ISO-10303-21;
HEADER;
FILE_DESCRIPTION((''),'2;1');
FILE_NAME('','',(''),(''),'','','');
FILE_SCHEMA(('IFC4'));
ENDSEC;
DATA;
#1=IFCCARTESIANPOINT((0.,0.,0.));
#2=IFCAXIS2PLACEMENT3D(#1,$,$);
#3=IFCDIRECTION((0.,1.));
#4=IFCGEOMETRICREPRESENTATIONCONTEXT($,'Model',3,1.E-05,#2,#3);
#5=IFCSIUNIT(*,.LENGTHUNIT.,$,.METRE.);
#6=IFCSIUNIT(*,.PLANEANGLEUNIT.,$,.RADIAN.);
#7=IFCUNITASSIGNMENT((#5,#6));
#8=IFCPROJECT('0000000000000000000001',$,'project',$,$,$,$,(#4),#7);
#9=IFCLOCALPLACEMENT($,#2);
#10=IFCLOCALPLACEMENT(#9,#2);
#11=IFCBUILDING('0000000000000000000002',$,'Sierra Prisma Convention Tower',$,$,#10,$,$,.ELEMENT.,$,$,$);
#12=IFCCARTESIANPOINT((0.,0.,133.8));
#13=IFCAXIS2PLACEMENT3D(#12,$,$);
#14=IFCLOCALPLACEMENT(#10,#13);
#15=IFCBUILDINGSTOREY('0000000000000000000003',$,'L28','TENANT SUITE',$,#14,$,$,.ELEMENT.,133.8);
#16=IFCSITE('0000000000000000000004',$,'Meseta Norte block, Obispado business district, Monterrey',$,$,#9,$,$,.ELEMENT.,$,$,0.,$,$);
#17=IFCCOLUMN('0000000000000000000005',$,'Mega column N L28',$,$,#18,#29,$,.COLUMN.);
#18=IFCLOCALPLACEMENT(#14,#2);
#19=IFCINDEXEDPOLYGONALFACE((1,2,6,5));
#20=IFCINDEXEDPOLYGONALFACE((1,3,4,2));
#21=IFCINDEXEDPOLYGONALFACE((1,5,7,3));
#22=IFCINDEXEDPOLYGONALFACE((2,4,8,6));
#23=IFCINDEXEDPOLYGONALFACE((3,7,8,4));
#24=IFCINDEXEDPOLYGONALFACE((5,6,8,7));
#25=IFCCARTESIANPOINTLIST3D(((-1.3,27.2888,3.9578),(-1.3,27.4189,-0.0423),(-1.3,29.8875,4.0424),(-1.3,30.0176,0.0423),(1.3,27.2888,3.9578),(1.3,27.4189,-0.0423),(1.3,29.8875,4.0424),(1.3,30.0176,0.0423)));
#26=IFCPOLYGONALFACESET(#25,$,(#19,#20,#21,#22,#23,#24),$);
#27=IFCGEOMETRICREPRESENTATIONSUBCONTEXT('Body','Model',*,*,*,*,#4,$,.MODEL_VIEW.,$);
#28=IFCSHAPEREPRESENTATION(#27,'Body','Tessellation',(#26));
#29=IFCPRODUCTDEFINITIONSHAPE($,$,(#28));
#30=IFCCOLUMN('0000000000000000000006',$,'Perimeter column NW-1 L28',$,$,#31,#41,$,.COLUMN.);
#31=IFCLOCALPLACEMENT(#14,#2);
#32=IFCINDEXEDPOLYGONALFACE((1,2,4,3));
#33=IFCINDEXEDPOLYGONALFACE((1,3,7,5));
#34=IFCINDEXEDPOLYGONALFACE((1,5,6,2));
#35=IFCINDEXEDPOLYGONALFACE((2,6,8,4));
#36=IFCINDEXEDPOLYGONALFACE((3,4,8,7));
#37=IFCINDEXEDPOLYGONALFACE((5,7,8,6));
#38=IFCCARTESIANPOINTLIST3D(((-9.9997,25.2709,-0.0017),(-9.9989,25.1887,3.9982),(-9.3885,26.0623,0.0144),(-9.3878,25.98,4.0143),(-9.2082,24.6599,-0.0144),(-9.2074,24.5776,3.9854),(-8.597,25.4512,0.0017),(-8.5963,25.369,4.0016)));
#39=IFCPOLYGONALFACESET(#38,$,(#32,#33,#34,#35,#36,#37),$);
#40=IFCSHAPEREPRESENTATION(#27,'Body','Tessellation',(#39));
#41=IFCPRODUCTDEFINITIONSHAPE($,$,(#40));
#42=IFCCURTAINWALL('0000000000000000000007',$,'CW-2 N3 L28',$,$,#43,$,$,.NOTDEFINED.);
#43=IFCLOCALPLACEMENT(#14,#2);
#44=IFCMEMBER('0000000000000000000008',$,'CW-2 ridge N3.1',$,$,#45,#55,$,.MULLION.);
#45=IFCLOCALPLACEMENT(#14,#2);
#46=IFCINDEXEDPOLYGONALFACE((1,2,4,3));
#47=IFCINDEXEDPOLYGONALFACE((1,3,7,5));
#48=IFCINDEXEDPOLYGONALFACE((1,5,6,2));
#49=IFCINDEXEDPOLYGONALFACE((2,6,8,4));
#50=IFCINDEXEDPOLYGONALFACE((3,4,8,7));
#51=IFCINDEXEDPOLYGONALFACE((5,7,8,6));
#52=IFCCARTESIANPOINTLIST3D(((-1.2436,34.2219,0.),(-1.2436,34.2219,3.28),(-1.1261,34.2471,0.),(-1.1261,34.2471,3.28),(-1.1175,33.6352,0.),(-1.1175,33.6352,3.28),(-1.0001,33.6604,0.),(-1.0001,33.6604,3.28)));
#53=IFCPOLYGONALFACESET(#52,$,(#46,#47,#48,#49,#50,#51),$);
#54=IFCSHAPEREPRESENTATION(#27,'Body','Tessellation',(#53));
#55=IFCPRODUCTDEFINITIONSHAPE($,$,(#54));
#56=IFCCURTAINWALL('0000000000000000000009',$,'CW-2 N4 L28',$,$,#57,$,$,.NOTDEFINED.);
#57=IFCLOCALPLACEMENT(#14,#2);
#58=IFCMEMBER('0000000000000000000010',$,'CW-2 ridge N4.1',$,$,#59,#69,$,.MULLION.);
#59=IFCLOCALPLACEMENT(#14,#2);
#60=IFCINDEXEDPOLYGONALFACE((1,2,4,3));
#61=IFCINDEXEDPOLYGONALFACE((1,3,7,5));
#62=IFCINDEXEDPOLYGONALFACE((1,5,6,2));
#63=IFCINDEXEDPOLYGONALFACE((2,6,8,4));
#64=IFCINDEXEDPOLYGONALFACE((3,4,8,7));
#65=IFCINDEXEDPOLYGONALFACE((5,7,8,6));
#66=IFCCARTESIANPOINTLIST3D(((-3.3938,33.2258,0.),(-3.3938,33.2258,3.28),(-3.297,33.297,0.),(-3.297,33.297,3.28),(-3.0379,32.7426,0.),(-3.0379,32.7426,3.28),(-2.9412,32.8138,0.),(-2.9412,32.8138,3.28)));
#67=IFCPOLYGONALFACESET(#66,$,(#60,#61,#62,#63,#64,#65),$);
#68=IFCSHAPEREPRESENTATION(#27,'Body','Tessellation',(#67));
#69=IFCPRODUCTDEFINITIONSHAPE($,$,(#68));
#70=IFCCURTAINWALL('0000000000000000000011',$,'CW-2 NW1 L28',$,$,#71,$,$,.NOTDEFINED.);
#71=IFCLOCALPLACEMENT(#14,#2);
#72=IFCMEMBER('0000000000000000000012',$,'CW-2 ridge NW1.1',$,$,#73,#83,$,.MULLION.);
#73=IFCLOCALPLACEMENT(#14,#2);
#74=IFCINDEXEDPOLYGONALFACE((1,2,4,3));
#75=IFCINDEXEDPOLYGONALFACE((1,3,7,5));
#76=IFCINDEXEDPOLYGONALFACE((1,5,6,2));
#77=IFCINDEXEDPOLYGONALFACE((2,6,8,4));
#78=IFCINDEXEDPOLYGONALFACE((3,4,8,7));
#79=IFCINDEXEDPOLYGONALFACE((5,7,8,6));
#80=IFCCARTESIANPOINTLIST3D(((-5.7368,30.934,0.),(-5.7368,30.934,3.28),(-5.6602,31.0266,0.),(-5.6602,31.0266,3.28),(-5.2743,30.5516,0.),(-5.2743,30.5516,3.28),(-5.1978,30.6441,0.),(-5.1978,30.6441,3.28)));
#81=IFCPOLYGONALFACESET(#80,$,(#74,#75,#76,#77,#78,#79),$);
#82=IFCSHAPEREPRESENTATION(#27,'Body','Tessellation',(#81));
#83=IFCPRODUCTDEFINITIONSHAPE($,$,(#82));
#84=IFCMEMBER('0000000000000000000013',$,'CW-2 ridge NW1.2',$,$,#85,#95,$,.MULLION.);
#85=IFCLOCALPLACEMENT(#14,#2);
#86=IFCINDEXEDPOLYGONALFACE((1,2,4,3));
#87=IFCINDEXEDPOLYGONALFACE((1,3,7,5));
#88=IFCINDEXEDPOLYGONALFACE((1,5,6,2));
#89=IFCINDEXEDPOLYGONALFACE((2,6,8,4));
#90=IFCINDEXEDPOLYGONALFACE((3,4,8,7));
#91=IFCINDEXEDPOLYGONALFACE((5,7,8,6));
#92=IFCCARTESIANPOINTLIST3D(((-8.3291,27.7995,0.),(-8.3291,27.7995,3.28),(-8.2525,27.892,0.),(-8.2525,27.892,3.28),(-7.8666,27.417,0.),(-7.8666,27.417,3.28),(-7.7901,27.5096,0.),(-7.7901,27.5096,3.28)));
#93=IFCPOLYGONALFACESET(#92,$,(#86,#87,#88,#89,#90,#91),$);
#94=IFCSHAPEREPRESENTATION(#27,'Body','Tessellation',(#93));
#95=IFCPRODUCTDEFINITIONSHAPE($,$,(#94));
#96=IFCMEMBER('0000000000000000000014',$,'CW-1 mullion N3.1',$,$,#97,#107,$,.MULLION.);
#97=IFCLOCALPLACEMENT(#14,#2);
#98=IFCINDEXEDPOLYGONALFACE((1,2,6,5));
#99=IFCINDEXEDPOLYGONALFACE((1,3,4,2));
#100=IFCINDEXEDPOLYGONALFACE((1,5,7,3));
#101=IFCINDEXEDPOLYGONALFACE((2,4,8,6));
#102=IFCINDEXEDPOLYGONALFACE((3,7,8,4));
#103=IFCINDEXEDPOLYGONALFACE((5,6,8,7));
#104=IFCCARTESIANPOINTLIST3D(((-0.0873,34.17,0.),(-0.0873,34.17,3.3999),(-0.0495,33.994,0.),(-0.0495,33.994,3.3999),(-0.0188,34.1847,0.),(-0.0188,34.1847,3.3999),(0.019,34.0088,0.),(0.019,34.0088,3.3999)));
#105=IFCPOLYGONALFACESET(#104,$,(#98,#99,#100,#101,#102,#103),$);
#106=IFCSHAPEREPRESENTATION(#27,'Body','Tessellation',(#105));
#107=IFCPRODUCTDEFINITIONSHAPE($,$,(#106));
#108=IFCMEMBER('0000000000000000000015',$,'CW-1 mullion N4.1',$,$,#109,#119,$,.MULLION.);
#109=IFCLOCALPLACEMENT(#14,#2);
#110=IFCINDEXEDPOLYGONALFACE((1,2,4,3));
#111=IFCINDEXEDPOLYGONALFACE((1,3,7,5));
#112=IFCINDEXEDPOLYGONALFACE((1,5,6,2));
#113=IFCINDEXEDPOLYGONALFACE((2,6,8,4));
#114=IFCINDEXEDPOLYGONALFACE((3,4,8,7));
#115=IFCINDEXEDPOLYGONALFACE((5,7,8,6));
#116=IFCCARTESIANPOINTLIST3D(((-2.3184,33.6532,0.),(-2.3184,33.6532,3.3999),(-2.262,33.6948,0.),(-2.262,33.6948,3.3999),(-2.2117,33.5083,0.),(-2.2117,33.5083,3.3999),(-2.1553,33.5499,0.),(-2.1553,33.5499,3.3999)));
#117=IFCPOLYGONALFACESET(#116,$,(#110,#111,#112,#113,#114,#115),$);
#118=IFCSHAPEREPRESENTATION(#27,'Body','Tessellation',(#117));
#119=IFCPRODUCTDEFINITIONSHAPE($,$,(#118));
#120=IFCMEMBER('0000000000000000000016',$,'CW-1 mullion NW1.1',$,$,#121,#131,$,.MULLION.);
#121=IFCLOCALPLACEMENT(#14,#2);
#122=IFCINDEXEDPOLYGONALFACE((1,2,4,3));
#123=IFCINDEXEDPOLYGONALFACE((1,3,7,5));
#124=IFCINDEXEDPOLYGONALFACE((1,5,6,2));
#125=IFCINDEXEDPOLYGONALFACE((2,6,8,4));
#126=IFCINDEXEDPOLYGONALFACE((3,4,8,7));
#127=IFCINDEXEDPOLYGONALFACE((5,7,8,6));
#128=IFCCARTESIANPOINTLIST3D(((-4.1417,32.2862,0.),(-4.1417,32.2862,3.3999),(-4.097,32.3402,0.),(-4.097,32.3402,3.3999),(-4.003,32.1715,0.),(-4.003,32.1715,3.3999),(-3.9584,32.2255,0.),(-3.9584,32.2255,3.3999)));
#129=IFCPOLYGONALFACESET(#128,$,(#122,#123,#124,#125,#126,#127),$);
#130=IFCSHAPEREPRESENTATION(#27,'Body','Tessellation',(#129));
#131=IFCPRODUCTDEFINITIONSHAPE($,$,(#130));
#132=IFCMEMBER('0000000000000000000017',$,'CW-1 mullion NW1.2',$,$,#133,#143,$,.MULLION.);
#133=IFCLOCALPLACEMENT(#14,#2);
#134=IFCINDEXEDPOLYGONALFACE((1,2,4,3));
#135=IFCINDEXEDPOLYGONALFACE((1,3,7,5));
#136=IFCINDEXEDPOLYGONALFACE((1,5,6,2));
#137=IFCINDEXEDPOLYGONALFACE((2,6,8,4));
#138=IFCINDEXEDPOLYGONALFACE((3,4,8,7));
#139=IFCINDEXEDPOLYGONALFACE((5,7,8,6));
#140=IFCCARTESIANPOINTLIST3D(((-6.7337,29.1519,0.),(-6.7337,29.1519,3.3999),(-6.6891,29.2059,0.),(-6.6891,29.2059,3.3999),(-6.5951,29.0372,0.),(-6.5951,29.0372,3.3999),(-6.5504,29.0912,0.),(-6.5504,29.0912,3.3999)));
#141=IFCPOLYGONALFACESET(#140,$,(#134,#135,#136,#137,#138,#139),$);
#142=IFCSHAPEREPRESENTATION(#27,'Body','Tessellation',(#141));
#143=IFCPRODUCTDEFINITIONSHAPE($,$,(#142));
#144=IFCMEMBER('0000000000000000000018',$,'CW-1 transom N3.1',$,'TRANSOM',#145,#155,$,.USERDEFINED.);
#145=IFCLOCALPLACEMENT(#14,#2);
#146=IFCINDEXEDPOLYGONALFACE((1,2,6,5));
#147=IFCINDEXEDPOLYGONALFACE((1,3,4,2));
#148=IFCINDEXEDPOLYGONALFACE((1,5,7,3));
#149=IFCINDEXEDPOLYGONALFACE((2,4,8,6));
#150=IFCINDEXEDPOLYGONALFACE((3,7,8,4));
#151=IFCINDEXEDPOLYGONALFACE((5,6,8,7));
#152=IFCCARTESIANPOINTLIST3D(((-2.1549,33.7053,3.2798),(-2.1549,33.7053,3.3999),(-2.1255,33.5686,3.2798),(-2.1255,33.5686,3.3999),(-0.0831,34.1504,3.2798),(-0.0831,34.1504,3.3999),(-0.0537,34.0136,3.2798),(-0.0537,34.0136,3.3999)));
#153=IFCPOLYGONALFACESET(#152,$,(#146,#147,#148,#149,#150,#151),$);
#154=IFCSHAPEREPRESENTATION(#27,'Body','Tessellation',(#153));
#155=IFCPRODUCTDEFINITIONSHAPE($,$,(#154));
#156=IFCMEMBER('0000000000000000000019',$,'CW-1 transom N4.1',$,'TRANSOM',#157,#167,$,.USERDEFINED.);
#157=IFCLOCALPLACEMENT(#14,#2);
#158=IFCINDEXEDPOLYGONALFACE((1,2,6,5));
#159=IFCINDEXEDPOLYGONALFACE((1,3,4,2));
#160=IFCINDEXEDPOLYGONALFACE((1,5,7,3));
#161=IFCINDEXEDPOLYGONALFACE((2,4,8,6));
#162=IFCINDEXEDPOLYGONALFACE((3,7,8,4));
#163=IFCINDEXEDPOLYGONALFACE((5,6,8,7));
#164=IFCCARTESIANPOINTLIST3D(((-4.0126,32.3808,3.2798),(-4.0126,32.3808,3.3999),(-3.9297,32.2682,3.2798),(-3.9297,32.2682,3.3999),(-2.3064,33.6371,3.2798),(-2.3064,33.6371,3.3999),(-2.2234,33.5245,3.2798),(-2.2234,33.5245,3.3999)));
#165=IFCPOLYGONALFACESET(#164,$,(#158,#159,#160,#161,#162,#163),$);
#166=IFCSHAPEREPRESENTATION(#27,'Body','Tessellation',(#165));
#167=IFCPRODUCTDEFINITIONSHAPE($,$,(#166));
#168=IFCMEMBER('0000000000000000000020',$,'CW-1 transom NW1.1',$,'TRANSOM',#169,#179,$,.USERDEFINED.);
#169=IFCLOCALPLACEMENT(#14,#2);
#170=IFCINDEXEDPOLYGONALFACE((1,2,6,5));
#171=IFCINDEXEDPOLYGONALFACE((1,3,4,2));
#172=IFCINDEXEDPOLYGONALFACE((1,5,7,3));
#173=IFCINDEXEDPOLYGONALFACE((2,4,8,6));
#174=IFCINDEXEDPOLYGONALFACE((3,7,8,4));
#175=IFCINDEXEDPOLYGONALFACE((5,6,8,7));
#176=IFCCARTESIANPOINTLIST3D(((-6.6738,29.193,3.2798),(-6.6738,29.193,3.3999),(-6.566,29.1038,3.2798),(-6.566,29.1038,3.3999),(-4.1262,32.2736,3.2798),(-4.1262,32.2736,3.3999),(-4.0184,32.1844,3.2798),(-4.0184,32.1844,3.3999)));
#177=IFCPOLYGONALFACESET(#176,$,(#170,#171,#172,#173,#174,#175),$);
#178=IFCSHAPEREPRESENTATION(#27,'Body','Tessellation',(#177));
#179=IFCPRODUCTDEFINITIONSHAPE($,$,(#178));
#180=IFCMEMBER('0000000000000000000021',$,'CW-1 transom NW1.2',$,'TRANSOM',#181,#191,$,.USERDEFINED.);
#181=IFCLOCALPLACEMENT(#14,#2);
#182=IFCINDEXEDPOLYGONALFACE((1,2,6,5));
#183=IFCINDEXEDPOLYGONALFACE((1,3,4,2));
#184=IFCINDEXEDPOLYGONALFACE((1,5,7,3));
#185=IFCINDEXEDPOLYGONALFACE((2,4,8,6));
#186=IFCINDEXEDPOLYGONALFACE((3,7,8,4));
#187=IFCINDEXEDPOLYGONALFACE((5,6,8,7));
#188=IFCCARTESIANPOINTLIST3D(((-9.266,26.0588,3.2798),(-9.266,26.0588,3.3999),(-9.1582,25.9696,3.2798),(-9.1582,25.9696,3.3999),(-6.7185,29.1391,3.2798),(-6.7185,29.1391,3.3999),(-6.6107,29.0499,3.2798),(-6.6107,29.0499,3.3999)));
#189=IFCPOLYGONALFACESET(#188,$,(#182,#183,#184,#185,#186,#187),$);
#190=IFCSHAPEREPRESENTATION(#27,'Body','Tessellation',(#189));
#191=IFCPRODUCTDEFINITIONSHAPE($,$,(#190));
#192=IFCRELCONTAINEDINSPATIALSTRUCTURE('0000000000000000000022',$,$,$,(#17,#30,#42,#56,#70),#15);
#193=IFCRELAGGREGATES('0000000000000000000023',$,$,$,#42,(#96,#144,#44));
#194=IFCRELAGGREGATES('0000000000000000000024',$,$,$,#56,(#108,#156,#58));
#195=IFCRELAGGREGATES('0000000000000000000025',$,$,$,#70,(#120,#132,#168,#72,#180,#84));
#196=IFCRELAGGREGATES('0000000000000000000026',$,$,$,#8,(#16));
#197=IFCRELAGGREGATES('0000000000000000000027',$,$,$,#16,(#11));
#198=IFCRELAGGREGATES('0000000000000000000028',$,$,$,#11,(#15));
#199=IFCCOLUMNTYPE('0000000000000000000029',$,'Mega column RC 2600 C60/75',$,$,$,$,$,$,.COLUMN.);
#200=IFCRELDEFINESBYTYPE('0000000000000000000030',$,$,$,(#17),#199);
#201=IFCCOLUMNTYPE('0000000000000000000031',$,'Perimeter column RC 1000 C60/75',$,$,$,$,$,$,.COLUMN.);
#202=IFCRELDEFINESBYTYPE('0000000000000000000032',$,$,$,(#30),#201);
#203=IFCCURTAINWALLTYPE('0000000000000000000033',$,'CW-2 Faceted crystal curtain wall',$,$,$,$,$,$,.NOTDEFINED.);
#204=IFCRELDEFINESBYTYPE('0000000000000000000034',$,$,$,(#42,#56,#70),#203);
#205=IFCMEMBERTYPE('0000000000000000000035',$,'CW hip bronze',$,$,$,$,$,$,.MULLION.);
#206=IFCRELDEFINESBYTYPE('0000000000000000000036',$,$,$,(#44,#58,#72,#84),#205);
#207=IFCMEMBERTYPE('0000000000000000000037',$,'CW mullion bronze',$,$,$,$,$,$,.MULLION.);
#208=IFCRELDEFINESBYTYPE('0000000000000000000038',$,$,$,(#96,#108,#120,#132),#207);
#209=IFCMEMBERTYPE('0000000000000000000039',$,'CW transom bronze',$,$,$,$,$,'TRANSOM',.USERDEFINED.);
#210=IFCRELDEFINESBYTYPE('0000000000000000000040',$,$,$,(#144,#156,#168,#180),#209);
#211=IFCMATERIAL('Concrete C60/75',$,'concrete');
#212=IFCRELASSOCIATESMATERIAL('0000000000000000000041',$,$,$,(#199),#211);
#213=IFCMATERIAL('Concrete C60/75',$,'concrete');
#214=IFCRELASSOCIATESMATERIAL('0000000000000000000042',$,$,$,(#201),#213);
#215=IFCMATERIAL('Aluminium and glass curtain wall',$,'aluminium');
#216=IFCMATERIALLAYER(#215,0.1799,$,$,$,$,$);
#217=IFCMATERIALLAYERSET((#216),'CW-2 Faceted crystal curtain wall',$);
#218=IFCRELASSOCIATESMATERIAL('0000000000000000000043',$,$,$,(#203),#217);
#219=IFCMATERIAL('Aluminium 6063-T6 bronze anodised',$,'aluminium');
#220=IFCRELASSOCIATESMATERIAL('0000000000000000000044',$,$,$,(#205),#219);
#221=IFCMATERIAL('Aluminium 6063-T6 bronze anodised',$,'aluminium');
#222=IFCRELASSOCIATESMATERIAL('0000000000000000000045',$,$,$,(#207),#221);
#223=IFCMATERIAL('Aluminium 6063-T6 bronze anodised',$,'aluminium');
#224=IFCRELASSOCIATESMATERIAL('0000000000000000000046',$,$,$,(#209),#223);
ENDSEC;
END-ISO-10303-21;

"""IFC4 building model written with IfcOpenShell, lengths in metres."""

from ifc_helpers import new_model, si_unit, direction, frame, origin, origin_2d, place, context, subcontext, project, spatial, rectangle, extrude, material, layer, layer_set, material_profile, profile_set, type_object, element, aggregate, save


model = new_model("IFC4")

# Units and contexts
model_context = context("Model", 3, precision=1e-05, world=origin(), true_north=direction((0.0, 1.0)))
body_context = subcontext(model_context, "Body", "Model", "MODEL_VIEW")
ifc_project = project(units=[si_unit("LENGTHUNIT", "METRE"), si_unit("PLANEANGLEUNIT", "RADIAN")], contexts=[model_context])

# Site, building, storey
site_placement = place(None, origin())
site = spatial("IfcSite", under=ifc_project, at=site_placement, Name="Meseta Norte block, Obispado business district, Monterrey", CompositionType="ELEMENT", RefElevation=0.0)
building_placement = place(site_placement, origin())
building = spatial("IfcBuilding", under=site, at=building_placement, Name="Sierra Prisma Convention Tower", CompositionType="ELEMENT")
storey_placement = place(building_placement, frame((0.0, 0.0, 133.8)))
storey = spatial("IfcBuildingStorey", under=building, at=storey_placement, Name="L28", Description="TENANT SUITE", CompositionType="ELEMENT", Elevation=133.8)

# Columns
ifc_material_1 = material(Name="Concrete C60/75", Category="concrete")
ifc_material_profile_1 = material_profile(ifc_material_1, rectangle(XDim=2.6001, YDim=2.6001, at=origin_2d()), Name="Mega column RC 2600 C60/75")
ifc_profile_set_1 = profile_set([ifc_material_profile_1], Name="Concrete C60/75")
column_type_1 = type_object("IfcColumnType", Name="Mega column RC 2600 C60/75", PredefinedType="COLUMN", material=ifc_profile_set_1)
column_1_placement = place(storey_placement, frame((0.0, 28.7183, 0.0), z_axis=(0.0, -0.032515, 0.999471), x_axis=(1.0, 0.0, 0.0)))
element("IfcColumn", 1, at=column_1_placement, inside=storey, type_object=column_type_1, Name="Mega column N L28", PredefinedType="COLUMN", context=body_context, shape_type="SweptSolid", body=[
    extrude(rectangle(XDim=2.6001, YDim=2.6001, at=origin_2d()), origin(), (0.0, 0.0, 1.0), 4.0022),
])
ifc_material_2 = material(Name="Concrete C60/75", Category="concrete")
ifc_material_profile_2 = material_profile(ifc_material_2, rectangle(XDim=1.0, YDim=1.0, at=origin_2d()), Name="Perimeter column RC 1000 C60/75")
ifc_profile_set_2 = profile_set([ifc_material_profile_2], Name="Concrete C60/75")
column_type_2 = type_object("IfcColumnType", Name="Perimeter column RC 1000 C60/75", PredefinedType="COLUMN", material=ifc_profile_set_2)
column_2_placement = place(storey_placement, frame((-9.2983, 25.3611, 0.0), z_axis=(0.000183, -0.020564, 0.999789), x_axis=(0.611162, 0.79134, 0.016165)))
element("IfcColumn", 2, at=column_2_placement, inside=storey, type_object=column_type_2, Name="Perimeter column NW-1 L28", PredefinedType="COLUMN", context=body_context, shape_type="SweptSolid", body=[
    extrude(rectangle(XDim=1.0, YDim=1.0, at=origin_2d()), origin(), (0.0, 0.0, 1.0), 4.0007),
])

# Curtain walls, members
ifc_material_3 = material(Name="Aluminium and glass curtain wall", Category="aluminium")
ifc_layer_1 = layer(ifc_material_3, 0.1799)
ifc_layer_set_1 = layer_set([ifc_layer_1], Name="CW-2 Faceted crystal curtain wall")
curtain_wall_type = type_object("IfcCurtainWallType", Name="CW-2 Faceted crystal curtain wall", PredefinedType="NOTDEFINED", material=ifc_layer_set_1)
curtain_wall_1_placement = place(storey_placement, origin())
curtain_wall_1 = element("IfcCurtainWall", 3, at=curtain_wall_1_placement, inside=storey, type_object=curtain_wall_type, Name="CW-2 N3 L28", PredefinedType="NOTDEFINED")
ifc_material_4 = material(Name="Aluminium 6063-T6 bronze anodised", Category="aluminium")
ifc_material_profile_3 = material_profile(ifc_material_4, rectangle(XDim=0.1201, YDim=0.6001, at=origin_2d()), Name="ALU RIDGE BLADE 120x600")
ifc_profile_set_3 = profile_set([ifc_material_profile_3], Name="Aluminium 6063-T6 bronze anodised")
member_type_1 = type_object("IfcMemberType", Name="CW hip bronze", PredefinedType="MULLION", material=ifc_profile_set_3)
member_1_placement = place(storey_placement, frame((-1.1218, 33.9412, 0.0), z_axis=(0.0, 0.0, 1.0), x_axis=(-0.977701, -0.210001, 0.0)))
member_1 = element("IfcMember", 4, at=member_1_placement, type_object=member_type_1, Name="CW-2 ridge N3.1", PredefinedType="MULLION", context=body_context, shape_type="SweptSolid", body=[
    extrude(rectangle(XDim=0.1201, YDim=0.6001, at=origin_2d()), origin(), (0.0, 0.0, 1.0), 3.28),
])
curtain_wall_2_placement = place(storey_placement, origin())
curtain_wall_2 = element("IfcCurtainWall", 5, at=curtain_wall_2_placement, inside=storey, type_object=curtain_wall_type, Name="CW-2 N4 L28", PredefinedType="NOTDEFINED")
member_2_placement = place(storey_placement, frame((-3.1675, 33.0198, 0.0), z_axis=(0.0, 0.0, 1.0), x_axis=(-0.805234, -0.592958, 0.0)))
member_2 = element("IfcMember", 6, at=member_2_placement, type_object=member_type_1, Name="CW-2 ridge N4.1", PredefinedType="MULLION", context=body_context, shape_type="SweptSolid", body=[
    extrude(rectangle(XDim=0.1201, YDim=0.6001, at=origin_2d()), origin(), (0.0, 0.0, 1.0), 3.28),
])

# Curtain wall, members
curtain_wall_3_placement = place(storey_placement, origin())
curtain_wall_3 = element("IfcCurtainWall", 7, at=curtain_wall_3_placement, inside=storey, type_object=curtain_wall_type, Name="CW-2 NW1 L28", PredefinedType="NOTDEFINED")
member_3_placement = place(storey_placement, frame((-5.4673, 30.7891, 0.0), z_axis=(0.0, 0.0, 1.0), x_axis=(-0.637317, -0.770602, 0.0)))
member_3 = element("IfcMember", 8, at=member_3_placement, type_object=member_type_1, Name="CW-2 ridge NW1.1", PredefinedType="MULLION", context=body_context, shape_type="SweptSolid", body=[
    extrude(rectangle(XDim=0.1201, YDim=0.6001, at=origin_2d()), origin(), (0.0, 0.0, 1.0), 3.28),
])
member_4_placement = place(storey_placement, frame((-8.0596, 27.6545, 0.0), z_axis=(0.0, 0.0, 1.0), x_axis=(-0.637317, -0.770602, 0.0)))
member_4 = element("IfcMember", 9, at=member_4_placement, type_object=member_type_1, Name="CW-2 ridge NW1.2", PredefinedType="MULLION", context=body_context, shape_type="SweptSolid", body=[
    extrude(rectangle(XDim=0.1201, YDim=0.6001, at=origin_2d()), origin(), (0.0, 0.0, 1.0), 3.28),
])

# Members
ifc_material_5 = material(Name="Aluminium 6063-T6 bronze anodised", Category="aluminium")
ifc_material_profile_4 = material_profile(ifc_material_5, rectangle(XDim=0.1799, YDim=0.0701, at=origin_2d()), Name="ALU MULLION 70x180")
ifc_profile_set_4 = profile_set([ifc_material_profile_4], Name="Aluminium 6063-T6 bronze anodised")
member_type_2 = type_object("IfcMemberType", Name="CW mullion bronze", PredefinedType="MULLION", material=ifc_profile_set_4)
member_5_placement = place(storey_placement, frame((-0.0342, 34.0894, 0.0), z_axis=(0.0, 0.0, 1.0), x_axis=(0.210001, -0.977701, 0.0)))
member_5 = element("IfcMember", 10, at=member_5_placement, type_object=member_type_2, Name="CW-1 mullion N3.1", PredefinedType="MULLION", context=body_context, shape_type="SweptSolid", body=[
    extrude(rectangle(XDim=0.1799, YDim=0.0701, at=origin_2d()), origin(), (0.0, 0.0, 1.0), 3.3999),
])
member_6_placement = place(storey_placement, frame((-2.2368, 33.6016, 0.0), z_axis=(0.0, 0.0, 1.0), x_axis=(0.592958, -0.805234, 0.0)))
member_6 = element("IfcMember", 11, at=member_6_placement, type_object=member_type_2, Name="CW-1 mullion N4.1", PredefinedType="MULLION", context=body_context, shape_type="SweptSolid", body=[
    extrude(rectangle(XDim=0.1799, YDim=0.0701, at=origin_2d()), origin(), (0.0, 0.0, 1.0), 3.3999),
])
member_7_placement = place(storey_placement, frame((-4.05, 32.2559, 0.0), z_axis=(0.0, 0.0, 1.0), x_axis=(0.770602, -0.637317, 0.0)))
member_7 = element("IfcMember", 12, at=member_7_placement, type_object=member_type_2, Name="CW-1 mullion NW1.1", PredefinedType="MULLION", context=body_context, shape_type="SweptSolid", body=[
    extrude(rectangle(XDim=0.1799, YDim=0.0701, at=origin_2d()), origin(), (0.0, 0.0, 1.0), 3.3999),
])
member_8_placement = place(storey_placement, frame((-6.6421, 29.1216, 0.0), z_axis=(0.0, 0.0, 1.0), x_axis=(0.770602, -0.637317, 0.0)))
member_8 = element("IfcMember", 13, at=member_8_placement, type_object=member_type_2, Name="CW-1 mullion NW1.2", PredefinedType="MULLION", context=body_context, shape_type="SweptSolid", body=[
    extrude(rectangle(XDim=0.1799, YDim=0.0701, at=origin_2d()), origin(), (0.0, 0.0, 1.0), 3.3999),
])
ifc_material_6 = material(Name="Aluminium 6063-T6 bronze anodised", Category="aluminium")
ifc_material_profile_5 = material_profile(ifc_material_6, rectangle(XDim=0.1399, YDim=0.1201, at=origin_2d()), Name="ALU TRANSOM 120x140")
ifc_profile_set_5 = profile_set([ifc_material_profile_5], Name="Aluminium 6063-T6 bronze anodised")
member_type_3 = type_object("IfcMemberType", Name="CW transom bronze", ElementType="TRANSOM", PredefinedType="USERDEFINED", material=ifc_profile_set_5)
member_9_placement = place(storey_placement, frame((-0.0684, 34.082, 3.3398), z_axis=(-0.977694, -0.210033, 0.0), x_axis=(0.210033, -0.977694, 0.0)))
member_9 = element("IfcMember", 14, at=member_9_placement, type_object=member_type_3, Name="CW-1 transom N3.1", ObjectType="TRANSOM", PredefinedType="USERDEFINED", context=body_context, shape_type="SweptSolid", body=[
    extrude(rectangle(XDim=0.1399, YDim=0.1201, at=origin_2d()), origin(), (0.0, 0.0, 1.0), 2.1191),
])
member_10_placement = place(storey_placement, frame((-2.2649, 33.5808, 3.3398), z_axis=(-0.805264, -0.592916, 0.0), x_axis=(0.592916, -0.805264, 0.0)))
member_10 = element("IfcMember", 15, at=member_10_placement, type_object=member_type_3, Name="CW-1 transom N4.1", ObjectType="TRANSOM", PredefinedType="USERDEFINED", context=body_context, shape_type="SweptSolid", body=[
    extrude(rectangle(XDim=0.1399, YDim=0.1201, at=origin_2d()), origin(), (0.0, 0.0, 1.0), 2.1189),
])
member_11_placement = place(storey_placement, frame((-4.0723, 32.229, 3.3398), z_axis=(-0.637296, -0.770619, 0.0), x_axis=(0.770619, -0.637296, 0.0)))
member_11 = element("IfcMember", 16, at=member_11_placement, type_object=member_type_3, Name="CW-1 transom NW1.1", ObjectType="TRANSOM", PredefinedType="USERDEFINED", context=body_context, shape_type="SweptSolid", body=[
    extrude(rectangle(XDim=0.1399, YDim=0.1201, at=origin_2d()), origin(), (0.0, 0.0, 1.0), 3.9976),
])
member_12_placement = place(storey_placement, frame((-6.6646, 29.0945, 3.3398), z_axis=(-0.637326, -0.770594, 0.0), x_axis=(0.770594, -0.637326, 0.0)))
member_12 = element("IfcMember", 17, at=member_12_placement, type_object=member_type_3, Name="CW-1 transom NW1.2", ObjectType="TRANSOM", PredefinedType="USERDEFINED", context=body_context, shape_type="SweptSolid", body=[
    extrude(rectangle(XDim=0.1399, YDim=0.1201, at=origin_2d()), origin(), (0.0, 0.0, 1.0), 3.9973),
])

aggregate(curtain_wall_1, [member_5, member_9, member_1])
aggregate(curtain_wall_2, [member_6, member_10, member_2])
aggregate(curtain_wall_3, [member_7, member_8, member_11, member_3, member_12, member_4])

save(model, "model.ifc")
